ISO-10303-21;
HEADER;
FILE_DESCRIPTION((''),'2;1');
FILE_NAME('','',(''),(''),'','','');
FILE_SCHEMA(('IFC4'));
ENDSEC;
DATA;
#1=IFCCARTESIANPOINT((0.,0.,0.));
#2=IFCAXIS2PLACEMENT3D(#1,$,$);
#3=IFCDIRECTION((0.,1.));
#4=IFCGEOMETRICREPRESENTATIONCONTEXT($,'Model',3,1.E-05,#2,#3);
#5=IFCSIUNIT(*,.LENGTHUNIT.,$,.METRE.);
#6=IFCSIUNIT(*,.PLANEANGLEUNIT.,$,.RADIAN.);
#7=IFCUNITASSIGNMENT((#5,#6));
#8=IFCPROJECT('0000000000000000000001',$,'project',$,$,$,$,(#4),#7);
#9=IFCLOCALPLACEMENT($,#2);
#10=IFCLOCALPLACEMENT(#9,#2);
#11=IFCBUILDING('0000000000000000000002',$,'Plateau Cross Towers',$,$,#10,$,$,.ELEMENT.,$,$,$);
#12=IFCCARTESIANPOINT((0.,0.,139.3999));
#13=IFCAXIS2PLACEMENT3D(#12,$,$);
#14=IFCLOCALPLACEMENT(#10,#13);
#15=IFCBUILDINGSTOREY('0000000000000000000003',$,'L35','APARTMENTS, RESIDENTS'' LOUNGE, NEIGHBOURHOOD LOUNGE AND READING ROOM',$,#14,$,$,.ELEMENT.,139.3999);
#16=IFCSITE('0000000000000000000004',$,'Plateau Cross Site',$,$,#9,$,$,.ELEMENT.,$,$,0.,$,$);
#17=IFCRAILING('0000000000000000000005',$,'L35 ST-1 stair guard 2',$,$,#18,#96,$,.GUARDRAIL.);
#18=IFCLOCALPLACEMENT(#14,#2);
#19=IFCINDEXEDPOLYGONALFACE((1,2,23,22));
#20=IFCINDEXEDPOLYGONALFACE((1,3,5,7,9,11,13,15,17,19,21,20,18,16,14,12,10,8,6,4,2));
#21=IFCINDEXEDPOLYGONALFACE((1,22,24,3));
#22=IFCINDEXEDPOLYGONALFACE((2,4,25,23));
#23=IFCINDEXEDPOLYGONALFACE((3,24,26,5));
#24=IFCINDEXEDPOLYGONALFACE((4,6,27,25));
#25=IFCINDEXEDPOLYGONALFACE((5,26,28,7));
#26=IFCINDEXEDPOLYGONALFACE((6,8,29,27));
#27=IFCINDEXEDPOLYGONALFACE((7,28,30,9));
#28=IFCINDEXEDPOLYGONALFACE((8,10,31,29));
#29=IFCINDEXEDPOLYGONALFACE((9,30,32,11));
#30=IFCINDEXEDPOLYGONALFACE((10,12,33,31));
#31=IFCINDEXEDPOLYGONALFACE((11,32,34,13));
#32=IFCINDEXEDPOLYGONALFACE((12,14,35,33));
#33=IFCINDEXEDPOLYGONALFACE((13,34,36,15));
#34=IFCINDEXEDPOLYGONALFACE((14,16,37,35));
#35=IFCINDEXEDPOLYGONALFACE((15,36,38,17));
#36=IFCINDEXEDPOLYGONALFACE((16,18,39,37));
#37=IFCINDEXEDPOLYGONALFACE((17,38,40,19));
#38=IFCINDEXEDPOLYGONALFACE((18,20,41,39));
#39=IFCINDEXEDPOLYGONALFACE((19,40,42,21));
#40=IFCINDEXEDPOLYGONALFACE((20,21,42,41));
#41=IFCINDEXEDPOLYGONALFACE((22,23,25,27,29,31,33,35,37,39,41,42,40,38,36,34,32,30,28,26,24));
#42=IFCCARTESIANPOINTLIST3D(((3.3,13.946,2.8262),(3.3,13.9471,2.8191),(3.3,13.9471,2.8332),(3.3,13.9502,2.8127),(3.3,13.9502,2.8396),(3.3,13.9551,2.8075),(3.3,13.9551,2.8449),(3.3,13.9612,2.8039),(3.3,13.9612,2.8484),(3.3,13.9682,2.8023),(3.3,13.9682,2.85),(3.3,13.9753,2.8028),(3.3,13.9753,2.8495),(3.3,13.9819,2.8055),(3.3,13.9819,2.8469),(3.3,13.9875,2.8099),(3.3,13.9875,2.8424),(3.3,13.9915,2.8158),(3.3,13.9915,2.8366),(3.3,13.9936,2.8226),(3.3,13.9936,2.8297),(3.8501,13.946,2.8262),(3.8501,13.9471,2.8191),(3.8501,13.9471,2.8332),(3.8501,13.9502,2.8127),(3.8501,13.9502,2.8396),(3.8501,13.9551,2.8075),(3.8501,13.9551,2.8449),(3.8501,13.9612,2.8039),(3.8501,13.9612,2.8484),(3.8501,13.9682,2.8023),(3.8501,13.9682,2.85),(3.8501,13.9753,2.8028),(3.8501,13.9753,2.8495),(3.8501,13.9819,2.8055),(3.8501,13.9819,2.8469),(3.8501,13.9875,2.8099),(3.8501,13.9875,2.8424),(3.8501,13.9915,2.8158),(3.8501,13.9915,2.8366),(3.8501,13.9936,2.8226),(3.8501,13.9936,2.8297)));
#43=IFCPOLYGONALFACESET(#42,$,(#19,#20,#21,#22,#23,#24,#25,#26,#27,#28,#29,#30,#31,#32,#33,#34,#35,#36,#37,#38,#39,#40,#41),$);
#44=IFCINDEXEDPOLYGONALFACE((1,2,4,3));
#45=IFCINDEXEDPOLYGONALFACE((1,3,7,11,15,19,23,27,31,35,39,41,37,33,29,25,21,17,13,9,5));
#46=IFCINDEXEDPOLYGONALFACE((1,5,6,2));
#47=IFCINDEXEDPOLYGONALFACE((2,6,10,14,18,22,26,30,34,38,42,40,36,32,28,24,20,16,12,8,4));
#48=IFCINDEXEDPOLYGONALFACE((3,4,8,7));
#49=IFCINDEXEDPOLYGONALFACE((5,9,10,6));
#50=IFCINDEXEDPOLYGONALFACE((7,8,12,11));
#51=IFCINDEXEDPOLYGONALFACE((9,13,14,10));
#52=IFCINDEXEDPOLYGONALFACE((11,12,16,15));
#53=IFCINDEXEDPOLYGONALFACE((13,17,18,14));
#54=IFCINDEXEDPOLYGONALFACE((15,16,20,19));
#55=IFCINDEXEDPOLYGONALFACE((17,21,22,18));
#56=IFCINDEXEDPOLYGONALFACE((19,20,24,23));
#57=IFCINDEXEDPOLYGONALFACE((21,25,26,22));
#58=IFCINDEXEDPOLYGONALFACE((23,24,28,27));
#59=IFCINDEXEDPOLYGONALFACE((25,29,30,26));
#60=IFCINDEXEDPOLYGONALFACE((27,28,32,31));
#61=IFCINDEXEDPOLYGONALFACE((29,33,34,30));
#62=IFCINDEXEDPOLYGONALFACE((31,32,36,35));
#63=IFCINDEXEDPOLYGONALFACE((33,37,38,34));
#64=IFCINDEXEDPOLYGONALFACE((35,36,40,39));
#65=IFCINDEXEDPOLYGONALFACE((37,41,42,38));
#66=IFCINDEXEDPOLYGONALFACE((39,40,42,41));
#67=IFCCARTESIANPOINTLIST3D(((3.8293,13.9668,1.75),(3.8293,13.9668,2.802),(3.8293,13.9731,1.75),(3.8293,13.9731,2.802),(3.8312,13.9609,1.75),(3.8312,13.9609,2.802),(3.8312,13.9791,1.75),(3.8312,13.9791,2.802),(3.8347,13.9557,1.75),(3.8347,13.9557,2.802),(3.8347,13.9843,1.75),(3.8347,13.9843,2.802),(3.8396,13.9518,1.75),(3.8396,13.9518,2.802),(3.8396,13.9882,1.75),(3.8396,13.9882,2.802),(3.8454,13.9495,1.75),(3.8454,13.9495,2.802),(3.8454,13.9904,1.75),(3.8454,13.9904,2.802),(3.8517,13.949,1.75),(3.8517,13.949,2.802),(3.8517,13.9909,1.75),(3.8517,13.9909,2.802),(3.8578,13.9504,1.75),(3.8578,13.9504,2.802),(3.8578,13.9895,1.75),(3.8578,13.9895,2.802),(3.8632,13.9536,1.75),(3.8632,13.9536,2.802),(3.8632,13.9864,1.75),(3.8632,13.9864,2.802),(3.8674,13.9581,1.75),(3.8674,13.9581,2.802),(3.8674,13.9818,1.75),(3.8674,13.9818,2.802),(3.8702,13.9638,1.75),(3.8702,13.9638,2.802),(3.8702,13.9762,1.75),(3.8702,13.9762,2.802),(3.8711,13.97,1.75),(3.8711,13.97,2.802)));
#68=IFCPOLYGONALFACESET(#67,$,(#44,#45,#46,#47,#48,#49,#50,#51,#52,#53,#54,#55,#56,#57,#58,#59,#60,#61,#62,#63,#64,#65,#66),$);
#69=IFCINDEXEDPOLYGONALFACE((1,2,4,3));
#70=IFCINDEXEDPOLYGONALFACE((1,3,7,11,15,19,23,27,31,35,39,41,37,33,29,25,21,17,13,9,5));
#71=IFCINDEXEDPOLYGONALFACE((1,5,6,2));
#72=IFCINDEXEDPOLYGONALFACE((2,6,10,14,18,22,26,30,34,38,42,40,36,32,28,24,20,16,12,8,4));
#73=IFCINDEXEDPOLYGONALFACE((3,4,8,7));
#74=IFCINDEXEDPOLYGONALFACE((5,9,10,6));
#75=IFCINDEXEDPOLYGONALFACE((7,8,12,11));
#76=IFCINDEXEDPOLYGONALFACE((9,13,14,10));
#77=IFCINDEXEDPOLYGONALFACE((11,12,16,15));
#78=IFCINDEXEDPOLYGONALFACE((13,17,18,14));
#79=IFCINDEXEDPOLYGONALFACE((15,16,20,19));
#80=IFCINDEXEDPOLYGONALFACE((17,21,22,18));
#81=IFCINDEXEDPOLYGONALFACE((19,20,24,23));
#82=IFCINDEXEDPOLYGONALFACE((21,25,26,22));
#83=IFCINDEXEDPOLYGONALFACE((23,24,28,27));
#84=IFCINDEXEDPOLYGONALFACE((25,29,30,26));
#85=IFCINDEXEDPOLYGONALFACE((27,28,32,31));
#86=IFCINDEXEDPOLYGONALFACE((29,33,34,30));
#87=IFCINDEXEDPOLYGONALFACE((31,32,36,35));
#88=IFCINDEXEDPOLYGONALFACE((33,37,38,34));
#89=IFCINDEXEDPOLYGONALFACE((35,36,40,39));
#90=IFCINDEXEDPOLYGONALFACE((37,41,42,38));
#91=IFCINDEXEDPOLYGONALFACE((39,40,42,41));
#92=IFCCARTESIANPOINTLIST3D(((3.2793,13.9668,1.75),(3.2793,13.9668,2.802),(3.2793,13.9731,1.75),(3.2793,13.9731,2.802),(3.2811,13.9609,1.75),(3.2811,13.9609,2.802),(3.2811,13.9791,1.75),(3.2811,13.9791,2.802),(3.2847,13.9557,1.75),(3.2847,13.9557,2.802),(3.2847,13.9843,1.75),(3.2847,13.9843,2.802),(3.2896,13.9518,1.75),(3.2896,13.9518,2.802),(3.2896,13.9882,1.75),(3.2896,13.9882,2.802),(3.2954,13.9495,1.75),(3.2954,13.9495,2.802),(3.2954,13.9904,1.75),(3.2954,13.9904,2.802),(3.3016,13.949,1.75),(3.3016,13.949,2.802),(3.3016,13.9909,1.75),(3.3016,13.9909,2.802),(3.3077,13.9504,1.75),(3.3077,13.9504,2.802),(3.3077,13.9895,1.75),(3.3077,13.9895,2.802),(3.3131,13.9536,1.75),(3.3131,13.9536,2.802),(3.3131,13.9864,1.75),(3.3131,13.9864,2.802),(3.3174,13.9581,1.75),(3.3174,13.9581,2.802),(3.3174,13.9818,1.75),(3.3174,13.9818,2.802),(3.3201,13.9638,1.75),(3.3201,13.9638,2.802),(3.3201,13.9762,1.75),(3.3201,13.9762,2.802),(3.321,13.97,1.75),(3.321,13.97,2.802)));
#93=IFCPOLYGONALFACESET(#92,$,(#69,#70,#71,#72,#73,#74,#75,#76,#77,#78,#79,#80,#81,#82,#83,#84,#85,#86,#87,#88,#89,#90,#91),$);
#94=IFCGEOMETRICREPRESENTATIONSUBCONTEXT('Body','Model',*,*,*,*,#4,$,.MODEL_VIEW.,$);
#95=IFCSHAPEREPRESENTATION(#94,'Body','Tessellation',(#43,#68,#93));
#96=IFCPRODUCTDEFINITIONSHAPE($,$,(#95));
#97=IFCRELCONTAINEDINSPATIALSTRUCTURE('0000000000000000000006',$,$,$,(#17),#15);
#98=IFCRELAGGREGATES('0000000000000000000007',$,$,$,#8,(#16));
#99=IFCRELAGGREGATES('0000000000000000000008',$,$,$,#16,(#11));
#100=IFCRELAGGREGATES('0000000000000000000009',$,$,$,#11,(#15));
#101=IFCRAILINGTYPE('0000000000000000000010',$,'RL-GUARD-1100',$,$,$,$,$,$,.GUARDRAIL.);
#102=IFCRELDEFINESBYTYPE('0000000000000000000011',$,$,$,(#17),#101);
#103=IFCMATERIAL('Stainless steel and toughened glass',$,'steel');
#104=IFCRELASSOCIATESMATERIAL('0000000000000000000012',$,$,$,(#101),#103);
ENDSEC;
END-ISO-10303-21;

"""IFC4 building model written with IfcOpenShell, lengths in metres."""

from ifc_helpers import new_model, si_unit, direction, frame, origin, origin_2d, place, context, subcontext, project, spatial, circle, extrude, material, type_object, element, save


model = new_model("IFC4")

# Units and contexts
model_context = context("Model", 3, precision=1e-05, world=origin(), true_north=direction((0.0, 1.0)))
body_context = subcontext(model_context, "Body", "Model", "MODEL_VIEW")
ifc_project = project(units=[si_unit("LENGTHUNIT", "METRE"), si_unit("PLANEANGLEUNIT", "RADIAN")], contexts=[model_context])

# Site, building, storey
site_placement = place(None, origin())
site = spatial("IfcSite", under=ifc_project, at=site_placement, Name="Plateau Cross Site", CompositionType="ELEMENT", RefElevation=0.0)
building_placement = place(site_placement, origin())
building = spatial("IfcBuilding", under=site, at=building_placement, Name="Plateau Cross Towers", CompositionType="ELEMENT")
storey_placement = place(building_placement, frame((0.0, 0.0, 139.3999)))
storey = spatial("IfcBuildingStorey", under=building, at=storey_placement, Name="L35", Description="APARTMENTS, RESIDENTS' LOUNGE, NEIGHBOURHOOD LOUNGE AND READING ROOM", CompositionType="ELEMENT", Elevation=139.3999)

# Railing
ifc_material_1 = material(Name="Stainless steel and toughened glass", Category="steel")
railing_type_1 = type_object("IfcRailingType", Name="RL-GUARD-1100", PredefinedType="GUARDRAIL", material=ifc_material_1)
railing_1_placement = place(storey_placement, frame((3.8501, 13.97, 1.75)))
element("IfcRailing", 1, at=railing_1_placement, inside=storey, type_object=railing_type_1, Name="L35 ST-1 stair guard 2", PredefinedType="GUARDRAIL", context=body_context, shape_type="SweptSolid", body=[
    extrude(circle(Radius=0.0239, at=origin_2d()), frame((0.0, 0.0, 1.0762), z_axis=(-1.0, 0.0, 0.0), x_axis=(0.0, -1.0, 0.0)), (0.0, 0.0, 1.0), 0.55),
    extrude(circle(Radius=0.021, at=origin_2d()), origin(), (0.0, 0.0, 1.0), 1.052),
    extrude(circle(Radius=0.021, at=origin_2d()), frame((-0.55, 0.0, 0.0)), (0.0, 0.0, 1.0), 1.052),
])

save(model, "model.ifc")
